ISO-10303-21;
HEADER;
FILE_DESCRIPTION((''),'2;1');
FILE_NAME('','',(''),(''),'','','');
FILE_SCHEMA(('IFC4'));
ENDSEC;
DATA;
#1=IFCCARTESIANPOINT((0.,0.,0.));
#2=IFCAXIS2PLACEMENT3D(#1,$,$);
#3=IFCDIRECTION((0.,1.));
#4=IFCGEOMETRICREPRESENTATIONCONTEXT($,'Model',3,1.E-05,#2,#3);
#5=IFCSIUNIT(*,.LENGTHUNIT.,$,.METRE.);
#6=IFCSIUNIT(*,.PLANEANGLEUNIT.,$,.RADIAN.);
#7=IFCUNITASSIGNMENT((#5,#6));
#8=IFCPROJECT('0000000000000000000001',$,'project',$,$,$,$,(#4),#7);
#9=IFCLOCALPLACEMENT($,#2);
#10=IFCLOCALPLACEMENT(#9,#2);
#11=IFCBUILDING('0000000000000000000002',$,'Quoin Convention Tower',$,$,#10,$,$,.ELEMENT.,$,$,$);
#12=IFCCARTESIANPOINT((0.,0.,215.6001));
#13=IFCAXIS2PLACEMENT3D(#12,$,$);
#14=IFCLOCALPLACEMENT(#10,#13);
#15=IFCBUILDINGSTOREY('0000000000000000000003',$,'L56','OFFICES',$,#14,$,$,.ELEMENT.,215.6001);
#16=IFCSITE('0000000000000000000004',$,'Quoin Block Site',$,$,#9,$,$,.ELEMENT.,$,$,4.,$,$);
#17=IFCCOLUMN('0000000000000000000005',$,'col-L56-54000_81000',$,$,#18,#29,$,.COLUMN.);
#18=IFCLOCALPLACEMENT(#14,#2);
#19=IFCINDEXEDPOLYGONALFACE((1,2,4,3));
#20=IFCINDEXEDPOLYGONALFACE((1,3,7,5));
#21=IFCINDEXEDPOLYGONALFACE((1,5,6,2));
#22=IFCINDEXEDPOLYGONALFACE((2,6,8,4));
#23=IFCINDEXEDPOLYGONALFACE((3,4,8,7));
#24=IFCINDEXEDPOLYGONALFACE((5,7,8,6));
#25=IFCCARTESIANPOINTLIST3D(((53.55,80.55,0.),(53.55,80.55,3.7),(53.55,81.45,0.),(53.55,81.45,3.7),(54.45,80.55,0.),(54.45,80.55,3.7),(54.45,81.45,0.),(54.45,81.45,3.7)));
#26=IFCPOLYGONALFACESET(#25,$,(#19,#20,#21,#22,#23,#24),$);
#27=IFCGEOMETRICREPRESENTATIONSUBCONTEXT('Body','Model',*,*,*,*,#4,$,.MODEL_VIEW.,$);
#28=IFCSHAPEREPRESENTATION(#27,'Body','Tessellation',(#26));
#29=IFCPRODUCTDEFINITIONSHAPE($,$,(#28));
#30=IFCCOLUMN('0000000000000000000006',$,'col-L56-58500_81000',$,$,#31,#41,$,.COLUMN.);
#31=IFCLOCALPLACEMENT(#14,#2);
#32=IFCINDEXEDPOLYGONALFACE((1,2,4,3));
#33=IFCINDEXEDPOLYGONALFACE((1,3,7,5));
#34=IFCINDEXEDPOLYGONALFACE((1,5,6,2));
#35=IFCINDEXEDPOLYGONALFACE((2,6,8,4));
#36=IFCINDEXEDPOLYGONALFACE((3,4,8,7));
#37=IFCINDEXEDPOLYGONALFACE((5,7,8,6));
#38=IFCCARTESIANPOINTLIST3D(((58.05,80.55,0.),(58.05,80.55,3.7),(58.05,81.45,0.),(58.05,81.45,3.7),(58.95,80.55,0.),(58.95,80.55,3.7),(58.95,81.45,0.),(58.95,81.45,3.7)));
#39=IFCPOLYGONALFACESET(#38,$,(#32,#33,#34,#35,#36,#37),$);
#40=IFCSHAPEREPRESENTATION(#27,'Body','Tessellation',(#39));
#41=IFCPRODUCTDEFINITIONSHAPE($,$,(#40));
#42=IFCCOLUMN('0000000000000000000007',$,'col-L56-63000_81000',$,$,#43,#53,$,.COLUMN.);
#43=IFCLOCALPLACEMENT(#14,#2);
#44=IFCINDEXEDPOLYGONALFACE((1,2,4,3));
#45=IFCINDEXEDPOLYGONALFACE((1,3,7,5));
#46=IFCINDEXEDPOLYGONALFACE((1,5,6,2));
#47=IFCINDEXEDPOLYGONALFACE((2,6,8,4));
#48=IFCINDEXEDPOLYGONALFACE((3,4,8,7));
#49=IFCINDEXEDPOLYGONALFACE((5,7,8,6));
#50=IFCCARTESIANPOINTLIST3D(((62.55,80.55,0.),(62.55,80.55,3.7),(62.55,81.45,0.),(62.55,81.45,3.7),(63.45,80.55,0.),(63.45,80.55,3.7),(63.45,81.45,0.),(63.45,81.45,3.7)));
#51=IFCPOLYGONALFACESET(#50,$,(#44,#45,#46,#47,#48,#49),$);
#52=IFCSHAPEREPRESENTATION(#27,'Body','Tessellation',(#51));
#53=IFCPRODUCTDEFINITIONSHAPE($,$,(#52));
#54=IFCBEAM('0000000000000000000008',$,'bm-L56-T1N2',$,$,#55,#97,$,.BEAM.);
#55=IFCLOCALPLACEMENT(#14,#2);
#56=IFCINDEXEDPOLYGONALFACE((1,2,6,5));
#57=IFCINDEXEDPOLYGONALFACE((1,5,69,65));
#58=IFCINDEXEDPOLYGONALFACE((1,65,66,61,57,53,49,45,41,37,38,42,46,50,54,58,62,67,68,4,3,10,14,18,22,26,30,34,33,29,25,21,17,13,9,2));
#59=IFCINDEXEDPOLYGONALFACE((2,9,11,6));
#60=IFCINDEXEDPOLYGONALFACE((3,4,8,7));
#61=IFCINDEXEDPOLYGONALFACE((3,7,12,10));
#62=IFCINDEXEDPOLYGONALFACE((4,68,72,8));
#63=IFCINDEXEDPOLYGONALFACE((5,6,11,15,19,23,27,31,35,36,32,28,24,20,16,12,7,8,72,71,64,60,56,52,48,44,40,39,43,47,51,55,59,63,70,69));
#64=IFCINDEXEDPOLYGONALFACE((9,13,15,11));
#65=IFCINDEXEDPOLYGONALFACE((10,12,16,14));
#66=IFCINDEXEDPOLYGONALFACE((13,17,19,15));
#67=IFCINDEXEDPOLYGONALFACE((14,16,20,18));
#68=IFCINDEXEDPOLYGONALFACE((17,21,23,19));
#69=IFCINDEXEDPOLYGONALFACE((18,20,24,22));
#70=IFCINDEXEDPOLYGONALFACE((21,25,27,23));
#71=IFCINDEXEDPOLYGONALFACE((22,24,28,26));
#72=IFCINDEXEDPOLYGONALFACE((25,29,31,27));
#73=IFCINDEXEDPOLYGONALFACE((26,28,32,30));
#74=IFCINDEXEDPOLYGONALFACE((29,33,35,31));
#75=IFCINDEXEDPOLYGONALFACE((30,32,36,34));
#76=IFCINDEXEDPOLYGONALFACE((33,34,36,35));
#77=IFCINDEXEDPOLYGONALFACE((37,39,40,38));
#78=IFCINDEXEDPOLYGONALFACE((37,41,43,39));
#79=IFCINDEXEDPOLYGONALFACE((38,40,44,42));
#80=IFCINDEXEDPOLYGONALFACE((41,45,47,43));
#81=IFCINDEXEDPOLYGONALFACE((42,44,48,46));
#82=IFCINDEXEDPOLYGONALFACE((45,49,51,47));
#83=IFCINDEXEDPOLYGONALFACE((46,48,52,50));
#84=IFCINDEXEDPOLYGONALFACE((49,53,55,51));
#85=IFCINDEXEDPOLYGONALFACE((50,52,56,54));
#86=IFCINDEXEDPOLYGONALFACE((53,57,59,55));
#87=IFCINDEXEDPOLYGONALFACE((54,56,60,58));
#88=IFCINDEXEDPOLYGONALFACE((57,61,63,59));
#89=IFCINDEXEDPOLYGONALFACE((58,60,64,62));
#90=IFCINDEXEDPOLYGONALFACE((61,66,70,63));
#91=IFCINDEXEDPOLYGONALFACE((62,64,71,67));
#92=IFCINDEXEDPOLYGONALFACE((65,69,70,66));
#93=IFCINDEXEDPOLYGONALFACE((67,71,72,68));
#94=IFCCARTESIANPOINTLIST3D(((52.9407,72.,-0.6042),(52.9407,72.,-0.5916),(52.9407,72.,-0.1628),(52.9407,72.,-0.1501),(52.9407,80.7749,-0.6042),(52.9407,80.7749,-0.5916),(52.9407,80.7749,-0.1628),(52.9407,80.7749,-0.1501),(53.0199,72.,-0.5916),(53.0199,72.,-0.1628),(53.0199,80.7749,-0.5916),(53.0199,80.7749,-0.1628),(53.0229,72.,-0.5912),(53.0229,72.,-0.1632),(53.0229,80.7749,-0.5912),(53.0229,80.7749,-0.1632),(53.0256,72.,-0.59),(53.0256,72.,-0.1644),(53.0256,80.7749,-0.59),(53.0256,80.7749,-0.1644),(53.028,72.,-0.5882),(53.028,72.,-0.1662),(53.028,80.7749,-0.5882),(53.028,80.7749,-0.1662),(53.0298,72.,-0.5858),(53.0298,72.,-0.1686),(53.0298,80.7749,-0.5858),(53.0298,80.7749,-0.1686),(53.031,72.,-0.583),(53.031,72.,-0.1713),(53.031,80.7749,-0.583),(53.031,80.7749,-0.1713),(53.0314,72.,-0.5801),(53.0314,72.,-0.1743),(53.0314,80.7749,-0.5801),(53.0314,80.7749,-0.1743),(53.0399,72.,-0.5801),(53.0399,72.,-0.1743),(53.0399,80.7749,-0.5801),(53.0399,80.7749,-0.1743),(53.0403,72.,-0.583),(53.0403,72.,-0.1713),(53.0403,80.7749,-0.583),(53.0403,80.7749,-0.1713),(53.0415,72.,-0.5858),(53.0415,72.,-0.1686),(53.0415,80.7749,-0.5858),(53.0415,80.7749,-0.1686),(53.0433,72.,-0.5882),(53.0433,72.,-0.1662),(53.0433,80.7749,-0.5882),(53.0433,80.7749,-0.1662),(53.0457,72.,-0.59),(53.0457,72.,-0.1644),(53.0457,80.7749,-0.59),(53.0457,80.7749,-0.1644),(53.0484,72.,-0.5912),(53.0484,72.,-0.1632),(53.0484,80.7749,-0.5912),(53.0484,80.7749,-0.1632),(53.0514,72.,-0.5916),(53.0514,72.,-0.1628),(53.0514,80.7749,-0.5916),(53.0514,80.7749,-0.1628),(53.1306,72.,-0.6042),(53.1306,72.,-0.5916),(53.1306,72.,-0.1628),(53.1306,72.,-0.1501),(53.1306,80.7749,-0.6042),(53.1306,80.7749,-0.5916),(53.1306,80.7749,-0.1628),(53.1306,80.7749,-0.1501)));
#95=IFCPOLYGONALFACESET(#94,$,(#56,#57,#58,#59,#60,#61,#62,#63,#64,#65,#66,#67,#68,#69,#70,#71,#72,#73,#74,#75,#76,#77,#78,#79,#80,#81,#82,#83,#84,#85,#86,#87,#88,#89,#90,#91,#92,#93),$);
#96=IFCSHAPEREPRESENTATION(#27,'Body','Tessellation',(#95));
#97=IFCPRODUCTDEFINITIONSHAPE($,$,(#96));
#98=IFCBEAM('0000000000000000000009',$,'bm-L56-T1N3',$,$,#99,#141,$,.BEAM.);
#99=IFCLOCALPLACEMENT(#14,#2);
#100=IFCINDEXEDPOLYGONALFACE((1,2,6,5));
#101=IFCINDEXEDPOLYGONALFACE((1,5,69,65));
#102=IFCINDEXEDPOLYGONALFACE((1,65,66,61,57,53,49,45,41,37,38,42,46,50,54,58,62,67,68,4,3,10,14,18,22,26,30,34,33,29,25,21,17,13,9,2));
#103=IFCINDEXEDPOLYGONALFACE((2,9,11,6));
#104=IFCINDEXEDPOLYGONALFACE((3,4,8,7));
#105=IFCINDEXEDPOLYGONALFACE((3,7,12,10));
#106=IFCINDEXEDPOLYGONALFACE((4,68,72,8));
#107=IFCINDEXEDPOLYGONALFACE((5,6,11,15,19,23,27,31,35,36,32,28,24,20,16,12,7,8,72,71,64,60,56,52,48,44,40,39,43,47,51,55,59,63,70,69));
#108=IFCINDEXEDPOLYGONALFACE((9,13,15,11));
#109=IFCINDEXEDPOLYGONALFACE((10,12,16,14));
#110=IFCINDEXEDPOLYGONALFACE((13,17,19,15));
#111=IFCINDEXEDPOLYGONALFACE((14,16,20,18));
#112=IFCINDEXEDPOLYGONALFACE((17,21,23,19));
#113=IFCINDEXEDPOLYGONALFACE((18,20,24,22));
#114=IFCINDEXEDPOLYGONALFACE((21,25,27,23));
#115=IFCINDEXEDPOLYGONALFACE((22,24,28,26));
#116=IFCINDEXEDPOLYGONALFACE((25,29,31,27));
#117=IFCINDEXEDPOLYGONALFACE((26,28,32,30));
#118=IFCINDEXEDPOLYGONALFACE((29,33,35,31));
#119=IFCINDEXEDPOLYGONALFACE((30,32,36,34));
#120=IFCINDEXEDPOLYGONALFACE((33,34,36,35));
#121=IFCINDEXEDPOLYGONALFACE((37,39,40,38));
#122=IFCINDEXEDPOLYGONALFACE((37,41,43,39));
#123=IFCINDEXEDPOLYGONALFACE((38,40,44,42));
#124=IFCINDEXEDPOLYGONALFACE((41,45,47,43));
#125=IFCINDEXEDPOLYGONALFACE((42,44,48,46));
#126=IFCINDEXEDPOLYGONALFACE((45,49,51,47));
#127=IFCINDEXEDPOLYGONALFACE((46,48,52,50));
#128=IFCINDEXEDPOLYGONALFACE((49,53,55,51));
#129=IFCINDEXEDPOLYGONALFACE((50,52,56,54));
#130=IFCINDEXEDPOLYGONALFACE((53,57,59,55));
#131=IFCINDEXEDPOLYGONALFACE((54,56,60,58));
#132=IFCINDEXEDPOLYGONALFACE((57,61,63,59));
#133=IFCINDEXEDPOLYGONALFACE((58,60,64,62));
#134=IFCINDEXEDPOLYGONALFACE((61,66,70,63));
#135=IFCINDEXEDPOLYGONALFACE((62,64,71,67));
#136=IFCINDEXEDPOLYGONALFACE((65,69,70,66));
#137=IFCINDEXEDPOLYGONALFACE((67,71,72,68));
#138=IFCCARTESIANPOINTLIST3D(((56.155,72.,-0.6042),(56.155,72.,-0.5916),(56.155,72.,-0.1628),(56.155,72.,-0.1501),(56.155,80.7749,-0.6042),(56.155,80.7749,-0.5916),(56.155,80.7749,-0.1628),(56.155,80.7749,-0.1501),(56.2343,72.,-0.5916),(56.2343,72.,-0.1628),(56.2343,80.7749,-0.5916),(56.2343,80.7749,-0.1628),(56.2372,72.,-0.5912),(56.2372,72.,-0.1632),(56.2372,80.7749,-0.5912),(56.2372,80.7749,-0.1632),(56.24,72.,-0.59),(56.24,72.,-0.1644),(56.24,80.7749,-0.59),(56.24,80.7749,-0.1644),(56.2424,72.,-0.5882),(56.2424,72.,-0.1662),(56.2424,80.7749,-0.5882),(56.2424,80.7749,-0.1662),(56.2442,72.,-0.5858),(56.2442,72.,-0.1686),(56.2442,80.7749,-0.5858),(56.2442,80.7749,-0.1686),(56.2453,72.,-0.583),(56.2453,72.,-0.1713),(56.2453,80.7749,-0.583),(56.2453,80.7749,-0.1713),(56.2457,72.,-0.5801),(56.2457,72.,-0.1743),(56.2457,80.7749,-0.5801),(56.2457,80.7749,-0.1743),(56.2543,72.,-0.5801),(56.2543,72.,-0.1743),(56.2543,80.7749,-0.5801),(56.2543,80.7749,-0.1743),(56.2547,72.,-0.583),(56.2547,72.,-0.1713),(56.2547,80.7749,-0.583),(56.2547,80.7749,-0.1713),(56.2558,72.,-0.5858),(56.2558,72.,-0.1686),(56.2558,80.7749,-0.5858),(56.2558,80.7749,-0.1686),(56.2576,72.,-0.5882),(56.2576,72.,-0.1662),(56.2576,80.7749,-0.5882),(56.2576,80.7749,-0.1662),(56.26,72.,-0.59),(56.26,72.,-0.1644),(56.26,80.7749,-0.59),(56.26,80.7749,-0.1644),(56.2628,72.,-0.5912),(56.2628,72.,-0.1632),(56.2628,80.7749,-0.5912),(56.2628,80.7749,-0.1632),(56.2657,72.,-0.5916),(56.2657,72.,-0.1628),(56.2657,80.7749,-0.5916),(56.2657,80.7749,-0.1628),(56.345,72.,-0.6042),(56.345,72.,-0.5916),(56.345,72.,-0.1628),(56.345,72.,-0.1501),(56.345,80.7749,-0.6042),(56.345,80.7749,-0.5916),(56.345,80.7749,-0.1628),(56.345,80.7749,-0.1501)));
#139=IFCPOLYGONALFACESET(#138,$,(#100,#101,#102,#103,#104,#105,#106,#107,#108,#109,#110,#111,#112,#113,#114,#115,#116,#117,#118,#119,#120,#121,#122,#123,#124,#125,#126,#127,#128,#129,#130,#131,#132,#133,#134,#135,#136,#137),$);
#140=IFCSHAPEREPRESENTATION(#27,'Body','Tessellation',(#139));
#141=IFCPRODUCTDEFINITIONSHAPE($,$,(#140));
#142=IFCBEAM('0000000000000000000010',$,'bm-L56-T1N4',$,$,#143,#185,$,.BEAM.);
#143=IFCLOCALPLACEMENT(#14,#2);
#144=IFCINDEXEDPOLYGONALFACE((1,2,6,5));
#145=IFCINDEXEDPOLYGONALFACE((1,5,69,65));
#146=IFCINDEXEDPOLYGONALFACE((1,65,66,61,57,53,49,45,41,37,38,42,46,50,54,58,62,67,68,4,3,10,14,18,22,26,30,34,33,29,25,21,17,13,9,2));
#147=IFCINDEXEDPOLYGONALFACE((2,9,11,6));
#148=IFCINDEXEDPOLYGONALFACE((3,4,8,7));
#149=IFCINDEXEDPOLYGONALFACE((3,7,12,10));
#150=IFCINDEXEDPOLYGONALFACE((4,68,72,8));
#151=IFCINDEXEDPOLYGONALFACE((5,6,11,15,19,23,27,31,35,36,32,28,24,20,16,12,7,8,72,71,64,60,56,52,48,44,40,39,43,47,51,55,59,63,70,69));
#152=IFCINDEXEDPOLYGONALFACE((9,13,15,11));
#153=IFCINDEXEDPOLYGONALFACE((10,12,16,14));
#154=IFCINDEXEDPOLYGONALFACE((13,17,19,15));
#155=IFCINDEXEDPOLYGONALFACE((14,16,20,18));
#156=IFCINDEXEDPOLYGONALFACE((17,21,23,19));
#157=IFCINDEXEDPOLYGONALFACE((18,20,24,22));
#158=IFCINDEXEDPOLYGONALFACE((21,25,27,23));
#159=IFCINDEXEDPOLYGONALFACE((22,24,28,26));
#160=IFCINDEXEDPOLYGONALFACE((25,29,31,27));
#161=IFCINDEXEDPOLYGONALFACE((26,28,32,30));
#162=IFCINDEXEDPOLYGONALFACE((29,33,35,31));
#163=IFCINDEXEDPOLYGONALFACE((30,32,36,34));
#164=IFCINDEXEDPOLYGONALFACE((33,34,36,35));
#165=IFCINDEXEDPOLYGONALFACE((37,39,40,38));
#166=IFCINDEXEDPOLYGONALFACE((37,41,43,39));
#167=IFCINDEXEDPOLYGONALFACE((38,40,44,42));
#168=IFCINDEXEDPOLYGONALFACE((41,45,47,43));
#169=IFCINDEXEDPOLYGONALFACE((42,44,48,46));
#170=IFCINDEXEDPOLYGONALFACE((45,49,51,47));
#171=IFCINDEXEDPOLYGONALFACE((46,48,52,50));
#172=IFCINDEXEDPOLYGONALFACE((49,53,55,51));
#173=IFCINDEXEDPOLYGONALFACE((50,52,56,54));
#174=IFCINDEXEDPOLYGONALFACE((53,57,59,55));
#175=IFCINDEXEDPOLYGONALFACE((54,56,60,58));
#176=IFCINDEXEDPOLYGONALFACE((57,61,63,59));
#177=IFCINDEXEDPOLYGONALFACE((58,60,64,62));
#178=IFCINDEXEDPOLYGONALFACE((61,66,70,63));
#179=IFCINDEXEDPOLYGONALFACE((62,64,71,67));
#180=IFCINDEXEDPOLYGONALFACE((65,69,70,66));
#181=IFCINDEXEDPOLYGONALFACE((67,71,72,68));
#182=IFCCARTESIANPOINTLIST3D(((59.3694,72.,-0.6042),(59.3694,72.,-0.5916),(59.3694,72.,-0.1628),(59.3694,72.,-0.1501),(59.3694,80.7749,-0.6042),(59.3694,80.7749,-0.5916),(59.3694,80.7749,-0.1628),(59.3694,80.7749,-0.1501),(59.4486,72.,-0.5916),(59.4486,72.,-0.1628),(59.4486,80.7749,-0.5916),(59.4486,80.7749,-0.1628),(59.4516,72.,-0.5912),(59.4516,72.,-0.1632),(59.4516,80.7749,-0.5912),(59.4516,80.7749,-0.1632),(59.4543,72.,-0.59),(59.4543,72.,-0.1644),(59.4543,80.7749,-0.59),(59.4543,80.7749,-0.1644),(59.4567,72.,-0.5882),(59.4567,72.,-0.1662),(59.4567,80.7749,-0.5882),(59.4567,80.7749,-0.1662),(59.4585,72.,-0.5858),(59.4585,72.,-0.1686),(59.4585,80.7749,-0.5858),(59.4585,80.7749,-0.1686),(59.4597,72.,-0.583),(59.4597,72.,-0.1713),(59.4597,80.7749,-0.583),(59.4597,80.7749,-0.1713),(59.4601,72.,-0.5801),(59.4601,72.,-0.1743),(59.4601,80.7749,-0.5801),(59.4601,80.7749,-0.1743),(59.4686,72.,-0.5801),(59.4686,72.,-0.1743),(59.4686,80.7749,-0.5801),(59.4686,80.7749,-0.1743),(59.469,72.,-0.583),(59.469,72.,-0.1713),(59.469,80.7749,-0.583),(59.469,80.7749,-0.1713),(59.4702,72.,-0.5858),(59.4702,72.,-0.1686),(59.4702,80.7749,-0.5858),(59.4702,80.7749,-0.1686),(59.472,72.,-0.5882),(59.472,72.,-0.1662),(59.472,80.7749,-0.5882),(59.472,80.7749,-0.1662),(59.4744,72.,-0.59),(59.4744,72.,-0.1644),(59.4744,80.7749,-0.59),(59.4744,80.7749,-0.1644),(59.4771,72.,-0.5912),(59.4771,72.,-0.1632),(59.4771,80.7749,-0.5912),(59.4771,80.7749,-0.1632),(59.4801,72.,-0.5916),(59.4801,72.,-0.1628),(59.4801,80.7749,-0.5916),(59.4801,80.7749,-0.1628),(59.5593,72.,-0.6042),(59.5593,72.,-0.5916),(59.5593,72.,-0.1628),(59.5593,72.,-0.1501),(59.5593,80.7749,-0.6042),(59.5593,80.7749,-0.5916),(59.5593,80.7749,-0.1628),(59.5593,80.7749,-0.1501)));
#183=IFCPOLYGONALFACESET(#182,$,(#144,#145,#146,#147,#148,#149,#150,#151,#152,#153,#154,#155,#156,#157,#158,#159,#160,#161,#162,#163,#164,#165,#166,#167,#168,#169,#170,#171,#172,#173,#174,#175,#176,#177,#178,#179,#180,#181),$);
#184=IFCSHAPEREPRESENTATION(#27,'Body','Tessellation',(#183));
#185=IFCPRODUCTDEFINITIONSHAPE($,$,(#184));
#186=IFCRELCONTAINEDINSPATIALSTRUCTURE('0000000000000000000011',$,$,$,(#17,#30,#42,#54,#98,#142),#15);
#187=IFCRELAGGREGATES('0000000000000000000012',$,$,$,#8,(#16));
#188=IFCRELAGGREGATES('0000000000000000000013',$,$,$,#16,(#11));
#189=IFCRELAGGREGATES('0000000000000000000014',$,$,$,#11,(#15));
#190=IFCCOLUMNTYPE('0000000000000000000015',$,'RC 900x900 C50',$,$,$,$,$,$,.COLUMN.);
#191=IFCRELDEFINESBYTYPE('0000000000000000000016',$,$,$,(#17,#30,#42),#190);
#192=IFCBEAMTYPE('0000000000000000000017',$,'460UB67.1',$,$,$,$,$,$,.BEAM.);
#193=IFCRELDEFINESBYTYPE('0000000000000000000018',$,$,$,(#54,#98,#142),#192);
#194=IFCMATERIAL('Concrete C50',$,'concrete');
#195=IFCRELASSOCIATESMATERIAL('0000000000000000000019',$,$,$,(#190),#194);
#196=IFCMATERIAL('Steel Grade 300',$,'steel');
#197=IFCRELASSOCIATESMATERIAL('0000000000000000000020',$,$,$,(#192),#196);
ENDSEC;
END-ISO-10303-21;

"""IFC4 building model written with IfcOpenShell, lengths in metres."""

from ifc_helpers import new_model, si_unit, direction, frame, origin, origin_2d, place, context, subcontext, project, spatial, rectangle, i_section, extrude, material, material_profile, profile_set, type_object, element, save


model = new_model("IFC4")

# Units and contexts
model_context = context("Model", 3, precision=1e-05, world=origin(), true_north=direction((0.0, 1.0)))
body_context = subcontext(model_context, "Body", "Model", "MODEL_VIEW")
ifc_project = project(units=[si_unit("LENGTHUNIT", "METRE"), si_unit("PLANEANGLEUNIT", "RADIAN")], contexts=[model_context])

# Site, building, storey
site_placement = place(None, origin())
site = spatial("IfcSite", under=ifc_project, at=site_placement, Name="Quoin Block Site", CompositionType="ELEMENT", RefElevation=4.0)
building_placement = place(site_placement, origin())
building = spatial("IfcBuilding", under=site, at=building_placement, Name="Quoin Convention Tower", CompositionType="ELEMENT")
storey_placement = place(building_placement, frame((0.0, 0.0, 215.6001)))
storey = spatial("IfcBuildingStorey", under=building, at=storey_placement, Name="L56", Description="OFFICES", CompositionType="ELEMENT", Elevation=215.6001)

# Columns
ifc_material_1 = material(Name="Concrete C50", Category="concrete")
ifc_material_profile_1 = material_profile(ifc_material_1, rectangle(XDim=0.8999, YDim=0.8999, at=origin_2d()), Name="RC 900x900")
ifc_profile_set_1 = profile_set([ifc_material_profile_1], Name="Concrete C50")
column_type = type_object("IfcColumnType", Name="RC 900x900 C50", PredefinedType="COLUMN", material=ifc_profile_set_1)
for number, where, z_axis, x_axis, name in (
    (1, (54.0, 81.0, 0.0), (0.0, 0.0, 1.0), (1.0, 0.0, 0.0), "col-L56-54000_81000"),
    (2, (58.5, 81.0, 0.0), (0.0, 0.0, 1.0), (1.0, 0.0, 0.0), "col-L56-58500_81000"),
    (3, (63.0, 81.0, 0.0), (0.0, 0.0, 1.0), (1.0, 0.0, 0.0), "col-L56-63000_81000"),
):
    element("IfcColumn", number, at=place(storey_placement, frame(where, z_axis=z_axis, x_axis=x_axis)), inside=storey, type_object=column_type, Name=name, PredefinedType="COLUMN", context=body_context, shape_type="SweptSolid", body=[
        extrude(rectangle(XDim=0.8999, YDim=0.8999, at=origin_2d()), origin(), (0.0, 0.0, 1.0), 3.7),
    ])

# Beams
ifc_material_2 = material(Name="Steel Grade 300", Category="steel")
ifc_material_profile_2 = material_profile(ifc_material_2, i_section(OverallWidth=0.1899, OverallDepth=0.4541, WebThickness=0.0085, FlangeThickness=0.0127, FilletRadius=0.0115, at=origin_2d()), Name="460UB67.1")
ifc_profile_set_2 = profile_set([ifc_material_profile_2], Name="Steel Grade 300")
beam_type_1 = type_object("IfcBeamType", Name="460UB67.1", PredefinedType="BEAM", material=ifc_profile_set_2)
for number, where, z_axis, x_axis, name in (
    (4, (53.0356, 72.0, -0.3772), (0.0, 1.0, 0.0), (-1.0, 0.0, 0.0), "bm-L56-T1N2"),
    (5, (56.25, 72.0, -0.3772), (0.0, 1.0, 0.0), (-1.0, 0.0, 0.0), "bm-L56-T1N3"),
    (6, (59.4644, 72.0, -0.3772), (0.0, 1.0, 0.0), (-1.0, 0.0, 0.0), "bm-L56-T1N4"),
):
    element("IfcBeam", number, at=place(storey_placement, frame(where, z_axis=z_axis, x_axis=x_axis)), inside=storey, type_object=beam_type_1, Name=name, PredefinedType="BEAM", context=body_context, shape_type="SweptSolid", body=[
        extrude(i_section(OverallWidth=0.1899, OverallDepth=0.4541, WebThickness=0.0085, FlangeThickness=0.0127, FilletRadius=0.0115, at=origin_2d()), origin(), (0.0, 0.0, 1.0), 8.7749),
    ])

save(model, "model.ifc")
